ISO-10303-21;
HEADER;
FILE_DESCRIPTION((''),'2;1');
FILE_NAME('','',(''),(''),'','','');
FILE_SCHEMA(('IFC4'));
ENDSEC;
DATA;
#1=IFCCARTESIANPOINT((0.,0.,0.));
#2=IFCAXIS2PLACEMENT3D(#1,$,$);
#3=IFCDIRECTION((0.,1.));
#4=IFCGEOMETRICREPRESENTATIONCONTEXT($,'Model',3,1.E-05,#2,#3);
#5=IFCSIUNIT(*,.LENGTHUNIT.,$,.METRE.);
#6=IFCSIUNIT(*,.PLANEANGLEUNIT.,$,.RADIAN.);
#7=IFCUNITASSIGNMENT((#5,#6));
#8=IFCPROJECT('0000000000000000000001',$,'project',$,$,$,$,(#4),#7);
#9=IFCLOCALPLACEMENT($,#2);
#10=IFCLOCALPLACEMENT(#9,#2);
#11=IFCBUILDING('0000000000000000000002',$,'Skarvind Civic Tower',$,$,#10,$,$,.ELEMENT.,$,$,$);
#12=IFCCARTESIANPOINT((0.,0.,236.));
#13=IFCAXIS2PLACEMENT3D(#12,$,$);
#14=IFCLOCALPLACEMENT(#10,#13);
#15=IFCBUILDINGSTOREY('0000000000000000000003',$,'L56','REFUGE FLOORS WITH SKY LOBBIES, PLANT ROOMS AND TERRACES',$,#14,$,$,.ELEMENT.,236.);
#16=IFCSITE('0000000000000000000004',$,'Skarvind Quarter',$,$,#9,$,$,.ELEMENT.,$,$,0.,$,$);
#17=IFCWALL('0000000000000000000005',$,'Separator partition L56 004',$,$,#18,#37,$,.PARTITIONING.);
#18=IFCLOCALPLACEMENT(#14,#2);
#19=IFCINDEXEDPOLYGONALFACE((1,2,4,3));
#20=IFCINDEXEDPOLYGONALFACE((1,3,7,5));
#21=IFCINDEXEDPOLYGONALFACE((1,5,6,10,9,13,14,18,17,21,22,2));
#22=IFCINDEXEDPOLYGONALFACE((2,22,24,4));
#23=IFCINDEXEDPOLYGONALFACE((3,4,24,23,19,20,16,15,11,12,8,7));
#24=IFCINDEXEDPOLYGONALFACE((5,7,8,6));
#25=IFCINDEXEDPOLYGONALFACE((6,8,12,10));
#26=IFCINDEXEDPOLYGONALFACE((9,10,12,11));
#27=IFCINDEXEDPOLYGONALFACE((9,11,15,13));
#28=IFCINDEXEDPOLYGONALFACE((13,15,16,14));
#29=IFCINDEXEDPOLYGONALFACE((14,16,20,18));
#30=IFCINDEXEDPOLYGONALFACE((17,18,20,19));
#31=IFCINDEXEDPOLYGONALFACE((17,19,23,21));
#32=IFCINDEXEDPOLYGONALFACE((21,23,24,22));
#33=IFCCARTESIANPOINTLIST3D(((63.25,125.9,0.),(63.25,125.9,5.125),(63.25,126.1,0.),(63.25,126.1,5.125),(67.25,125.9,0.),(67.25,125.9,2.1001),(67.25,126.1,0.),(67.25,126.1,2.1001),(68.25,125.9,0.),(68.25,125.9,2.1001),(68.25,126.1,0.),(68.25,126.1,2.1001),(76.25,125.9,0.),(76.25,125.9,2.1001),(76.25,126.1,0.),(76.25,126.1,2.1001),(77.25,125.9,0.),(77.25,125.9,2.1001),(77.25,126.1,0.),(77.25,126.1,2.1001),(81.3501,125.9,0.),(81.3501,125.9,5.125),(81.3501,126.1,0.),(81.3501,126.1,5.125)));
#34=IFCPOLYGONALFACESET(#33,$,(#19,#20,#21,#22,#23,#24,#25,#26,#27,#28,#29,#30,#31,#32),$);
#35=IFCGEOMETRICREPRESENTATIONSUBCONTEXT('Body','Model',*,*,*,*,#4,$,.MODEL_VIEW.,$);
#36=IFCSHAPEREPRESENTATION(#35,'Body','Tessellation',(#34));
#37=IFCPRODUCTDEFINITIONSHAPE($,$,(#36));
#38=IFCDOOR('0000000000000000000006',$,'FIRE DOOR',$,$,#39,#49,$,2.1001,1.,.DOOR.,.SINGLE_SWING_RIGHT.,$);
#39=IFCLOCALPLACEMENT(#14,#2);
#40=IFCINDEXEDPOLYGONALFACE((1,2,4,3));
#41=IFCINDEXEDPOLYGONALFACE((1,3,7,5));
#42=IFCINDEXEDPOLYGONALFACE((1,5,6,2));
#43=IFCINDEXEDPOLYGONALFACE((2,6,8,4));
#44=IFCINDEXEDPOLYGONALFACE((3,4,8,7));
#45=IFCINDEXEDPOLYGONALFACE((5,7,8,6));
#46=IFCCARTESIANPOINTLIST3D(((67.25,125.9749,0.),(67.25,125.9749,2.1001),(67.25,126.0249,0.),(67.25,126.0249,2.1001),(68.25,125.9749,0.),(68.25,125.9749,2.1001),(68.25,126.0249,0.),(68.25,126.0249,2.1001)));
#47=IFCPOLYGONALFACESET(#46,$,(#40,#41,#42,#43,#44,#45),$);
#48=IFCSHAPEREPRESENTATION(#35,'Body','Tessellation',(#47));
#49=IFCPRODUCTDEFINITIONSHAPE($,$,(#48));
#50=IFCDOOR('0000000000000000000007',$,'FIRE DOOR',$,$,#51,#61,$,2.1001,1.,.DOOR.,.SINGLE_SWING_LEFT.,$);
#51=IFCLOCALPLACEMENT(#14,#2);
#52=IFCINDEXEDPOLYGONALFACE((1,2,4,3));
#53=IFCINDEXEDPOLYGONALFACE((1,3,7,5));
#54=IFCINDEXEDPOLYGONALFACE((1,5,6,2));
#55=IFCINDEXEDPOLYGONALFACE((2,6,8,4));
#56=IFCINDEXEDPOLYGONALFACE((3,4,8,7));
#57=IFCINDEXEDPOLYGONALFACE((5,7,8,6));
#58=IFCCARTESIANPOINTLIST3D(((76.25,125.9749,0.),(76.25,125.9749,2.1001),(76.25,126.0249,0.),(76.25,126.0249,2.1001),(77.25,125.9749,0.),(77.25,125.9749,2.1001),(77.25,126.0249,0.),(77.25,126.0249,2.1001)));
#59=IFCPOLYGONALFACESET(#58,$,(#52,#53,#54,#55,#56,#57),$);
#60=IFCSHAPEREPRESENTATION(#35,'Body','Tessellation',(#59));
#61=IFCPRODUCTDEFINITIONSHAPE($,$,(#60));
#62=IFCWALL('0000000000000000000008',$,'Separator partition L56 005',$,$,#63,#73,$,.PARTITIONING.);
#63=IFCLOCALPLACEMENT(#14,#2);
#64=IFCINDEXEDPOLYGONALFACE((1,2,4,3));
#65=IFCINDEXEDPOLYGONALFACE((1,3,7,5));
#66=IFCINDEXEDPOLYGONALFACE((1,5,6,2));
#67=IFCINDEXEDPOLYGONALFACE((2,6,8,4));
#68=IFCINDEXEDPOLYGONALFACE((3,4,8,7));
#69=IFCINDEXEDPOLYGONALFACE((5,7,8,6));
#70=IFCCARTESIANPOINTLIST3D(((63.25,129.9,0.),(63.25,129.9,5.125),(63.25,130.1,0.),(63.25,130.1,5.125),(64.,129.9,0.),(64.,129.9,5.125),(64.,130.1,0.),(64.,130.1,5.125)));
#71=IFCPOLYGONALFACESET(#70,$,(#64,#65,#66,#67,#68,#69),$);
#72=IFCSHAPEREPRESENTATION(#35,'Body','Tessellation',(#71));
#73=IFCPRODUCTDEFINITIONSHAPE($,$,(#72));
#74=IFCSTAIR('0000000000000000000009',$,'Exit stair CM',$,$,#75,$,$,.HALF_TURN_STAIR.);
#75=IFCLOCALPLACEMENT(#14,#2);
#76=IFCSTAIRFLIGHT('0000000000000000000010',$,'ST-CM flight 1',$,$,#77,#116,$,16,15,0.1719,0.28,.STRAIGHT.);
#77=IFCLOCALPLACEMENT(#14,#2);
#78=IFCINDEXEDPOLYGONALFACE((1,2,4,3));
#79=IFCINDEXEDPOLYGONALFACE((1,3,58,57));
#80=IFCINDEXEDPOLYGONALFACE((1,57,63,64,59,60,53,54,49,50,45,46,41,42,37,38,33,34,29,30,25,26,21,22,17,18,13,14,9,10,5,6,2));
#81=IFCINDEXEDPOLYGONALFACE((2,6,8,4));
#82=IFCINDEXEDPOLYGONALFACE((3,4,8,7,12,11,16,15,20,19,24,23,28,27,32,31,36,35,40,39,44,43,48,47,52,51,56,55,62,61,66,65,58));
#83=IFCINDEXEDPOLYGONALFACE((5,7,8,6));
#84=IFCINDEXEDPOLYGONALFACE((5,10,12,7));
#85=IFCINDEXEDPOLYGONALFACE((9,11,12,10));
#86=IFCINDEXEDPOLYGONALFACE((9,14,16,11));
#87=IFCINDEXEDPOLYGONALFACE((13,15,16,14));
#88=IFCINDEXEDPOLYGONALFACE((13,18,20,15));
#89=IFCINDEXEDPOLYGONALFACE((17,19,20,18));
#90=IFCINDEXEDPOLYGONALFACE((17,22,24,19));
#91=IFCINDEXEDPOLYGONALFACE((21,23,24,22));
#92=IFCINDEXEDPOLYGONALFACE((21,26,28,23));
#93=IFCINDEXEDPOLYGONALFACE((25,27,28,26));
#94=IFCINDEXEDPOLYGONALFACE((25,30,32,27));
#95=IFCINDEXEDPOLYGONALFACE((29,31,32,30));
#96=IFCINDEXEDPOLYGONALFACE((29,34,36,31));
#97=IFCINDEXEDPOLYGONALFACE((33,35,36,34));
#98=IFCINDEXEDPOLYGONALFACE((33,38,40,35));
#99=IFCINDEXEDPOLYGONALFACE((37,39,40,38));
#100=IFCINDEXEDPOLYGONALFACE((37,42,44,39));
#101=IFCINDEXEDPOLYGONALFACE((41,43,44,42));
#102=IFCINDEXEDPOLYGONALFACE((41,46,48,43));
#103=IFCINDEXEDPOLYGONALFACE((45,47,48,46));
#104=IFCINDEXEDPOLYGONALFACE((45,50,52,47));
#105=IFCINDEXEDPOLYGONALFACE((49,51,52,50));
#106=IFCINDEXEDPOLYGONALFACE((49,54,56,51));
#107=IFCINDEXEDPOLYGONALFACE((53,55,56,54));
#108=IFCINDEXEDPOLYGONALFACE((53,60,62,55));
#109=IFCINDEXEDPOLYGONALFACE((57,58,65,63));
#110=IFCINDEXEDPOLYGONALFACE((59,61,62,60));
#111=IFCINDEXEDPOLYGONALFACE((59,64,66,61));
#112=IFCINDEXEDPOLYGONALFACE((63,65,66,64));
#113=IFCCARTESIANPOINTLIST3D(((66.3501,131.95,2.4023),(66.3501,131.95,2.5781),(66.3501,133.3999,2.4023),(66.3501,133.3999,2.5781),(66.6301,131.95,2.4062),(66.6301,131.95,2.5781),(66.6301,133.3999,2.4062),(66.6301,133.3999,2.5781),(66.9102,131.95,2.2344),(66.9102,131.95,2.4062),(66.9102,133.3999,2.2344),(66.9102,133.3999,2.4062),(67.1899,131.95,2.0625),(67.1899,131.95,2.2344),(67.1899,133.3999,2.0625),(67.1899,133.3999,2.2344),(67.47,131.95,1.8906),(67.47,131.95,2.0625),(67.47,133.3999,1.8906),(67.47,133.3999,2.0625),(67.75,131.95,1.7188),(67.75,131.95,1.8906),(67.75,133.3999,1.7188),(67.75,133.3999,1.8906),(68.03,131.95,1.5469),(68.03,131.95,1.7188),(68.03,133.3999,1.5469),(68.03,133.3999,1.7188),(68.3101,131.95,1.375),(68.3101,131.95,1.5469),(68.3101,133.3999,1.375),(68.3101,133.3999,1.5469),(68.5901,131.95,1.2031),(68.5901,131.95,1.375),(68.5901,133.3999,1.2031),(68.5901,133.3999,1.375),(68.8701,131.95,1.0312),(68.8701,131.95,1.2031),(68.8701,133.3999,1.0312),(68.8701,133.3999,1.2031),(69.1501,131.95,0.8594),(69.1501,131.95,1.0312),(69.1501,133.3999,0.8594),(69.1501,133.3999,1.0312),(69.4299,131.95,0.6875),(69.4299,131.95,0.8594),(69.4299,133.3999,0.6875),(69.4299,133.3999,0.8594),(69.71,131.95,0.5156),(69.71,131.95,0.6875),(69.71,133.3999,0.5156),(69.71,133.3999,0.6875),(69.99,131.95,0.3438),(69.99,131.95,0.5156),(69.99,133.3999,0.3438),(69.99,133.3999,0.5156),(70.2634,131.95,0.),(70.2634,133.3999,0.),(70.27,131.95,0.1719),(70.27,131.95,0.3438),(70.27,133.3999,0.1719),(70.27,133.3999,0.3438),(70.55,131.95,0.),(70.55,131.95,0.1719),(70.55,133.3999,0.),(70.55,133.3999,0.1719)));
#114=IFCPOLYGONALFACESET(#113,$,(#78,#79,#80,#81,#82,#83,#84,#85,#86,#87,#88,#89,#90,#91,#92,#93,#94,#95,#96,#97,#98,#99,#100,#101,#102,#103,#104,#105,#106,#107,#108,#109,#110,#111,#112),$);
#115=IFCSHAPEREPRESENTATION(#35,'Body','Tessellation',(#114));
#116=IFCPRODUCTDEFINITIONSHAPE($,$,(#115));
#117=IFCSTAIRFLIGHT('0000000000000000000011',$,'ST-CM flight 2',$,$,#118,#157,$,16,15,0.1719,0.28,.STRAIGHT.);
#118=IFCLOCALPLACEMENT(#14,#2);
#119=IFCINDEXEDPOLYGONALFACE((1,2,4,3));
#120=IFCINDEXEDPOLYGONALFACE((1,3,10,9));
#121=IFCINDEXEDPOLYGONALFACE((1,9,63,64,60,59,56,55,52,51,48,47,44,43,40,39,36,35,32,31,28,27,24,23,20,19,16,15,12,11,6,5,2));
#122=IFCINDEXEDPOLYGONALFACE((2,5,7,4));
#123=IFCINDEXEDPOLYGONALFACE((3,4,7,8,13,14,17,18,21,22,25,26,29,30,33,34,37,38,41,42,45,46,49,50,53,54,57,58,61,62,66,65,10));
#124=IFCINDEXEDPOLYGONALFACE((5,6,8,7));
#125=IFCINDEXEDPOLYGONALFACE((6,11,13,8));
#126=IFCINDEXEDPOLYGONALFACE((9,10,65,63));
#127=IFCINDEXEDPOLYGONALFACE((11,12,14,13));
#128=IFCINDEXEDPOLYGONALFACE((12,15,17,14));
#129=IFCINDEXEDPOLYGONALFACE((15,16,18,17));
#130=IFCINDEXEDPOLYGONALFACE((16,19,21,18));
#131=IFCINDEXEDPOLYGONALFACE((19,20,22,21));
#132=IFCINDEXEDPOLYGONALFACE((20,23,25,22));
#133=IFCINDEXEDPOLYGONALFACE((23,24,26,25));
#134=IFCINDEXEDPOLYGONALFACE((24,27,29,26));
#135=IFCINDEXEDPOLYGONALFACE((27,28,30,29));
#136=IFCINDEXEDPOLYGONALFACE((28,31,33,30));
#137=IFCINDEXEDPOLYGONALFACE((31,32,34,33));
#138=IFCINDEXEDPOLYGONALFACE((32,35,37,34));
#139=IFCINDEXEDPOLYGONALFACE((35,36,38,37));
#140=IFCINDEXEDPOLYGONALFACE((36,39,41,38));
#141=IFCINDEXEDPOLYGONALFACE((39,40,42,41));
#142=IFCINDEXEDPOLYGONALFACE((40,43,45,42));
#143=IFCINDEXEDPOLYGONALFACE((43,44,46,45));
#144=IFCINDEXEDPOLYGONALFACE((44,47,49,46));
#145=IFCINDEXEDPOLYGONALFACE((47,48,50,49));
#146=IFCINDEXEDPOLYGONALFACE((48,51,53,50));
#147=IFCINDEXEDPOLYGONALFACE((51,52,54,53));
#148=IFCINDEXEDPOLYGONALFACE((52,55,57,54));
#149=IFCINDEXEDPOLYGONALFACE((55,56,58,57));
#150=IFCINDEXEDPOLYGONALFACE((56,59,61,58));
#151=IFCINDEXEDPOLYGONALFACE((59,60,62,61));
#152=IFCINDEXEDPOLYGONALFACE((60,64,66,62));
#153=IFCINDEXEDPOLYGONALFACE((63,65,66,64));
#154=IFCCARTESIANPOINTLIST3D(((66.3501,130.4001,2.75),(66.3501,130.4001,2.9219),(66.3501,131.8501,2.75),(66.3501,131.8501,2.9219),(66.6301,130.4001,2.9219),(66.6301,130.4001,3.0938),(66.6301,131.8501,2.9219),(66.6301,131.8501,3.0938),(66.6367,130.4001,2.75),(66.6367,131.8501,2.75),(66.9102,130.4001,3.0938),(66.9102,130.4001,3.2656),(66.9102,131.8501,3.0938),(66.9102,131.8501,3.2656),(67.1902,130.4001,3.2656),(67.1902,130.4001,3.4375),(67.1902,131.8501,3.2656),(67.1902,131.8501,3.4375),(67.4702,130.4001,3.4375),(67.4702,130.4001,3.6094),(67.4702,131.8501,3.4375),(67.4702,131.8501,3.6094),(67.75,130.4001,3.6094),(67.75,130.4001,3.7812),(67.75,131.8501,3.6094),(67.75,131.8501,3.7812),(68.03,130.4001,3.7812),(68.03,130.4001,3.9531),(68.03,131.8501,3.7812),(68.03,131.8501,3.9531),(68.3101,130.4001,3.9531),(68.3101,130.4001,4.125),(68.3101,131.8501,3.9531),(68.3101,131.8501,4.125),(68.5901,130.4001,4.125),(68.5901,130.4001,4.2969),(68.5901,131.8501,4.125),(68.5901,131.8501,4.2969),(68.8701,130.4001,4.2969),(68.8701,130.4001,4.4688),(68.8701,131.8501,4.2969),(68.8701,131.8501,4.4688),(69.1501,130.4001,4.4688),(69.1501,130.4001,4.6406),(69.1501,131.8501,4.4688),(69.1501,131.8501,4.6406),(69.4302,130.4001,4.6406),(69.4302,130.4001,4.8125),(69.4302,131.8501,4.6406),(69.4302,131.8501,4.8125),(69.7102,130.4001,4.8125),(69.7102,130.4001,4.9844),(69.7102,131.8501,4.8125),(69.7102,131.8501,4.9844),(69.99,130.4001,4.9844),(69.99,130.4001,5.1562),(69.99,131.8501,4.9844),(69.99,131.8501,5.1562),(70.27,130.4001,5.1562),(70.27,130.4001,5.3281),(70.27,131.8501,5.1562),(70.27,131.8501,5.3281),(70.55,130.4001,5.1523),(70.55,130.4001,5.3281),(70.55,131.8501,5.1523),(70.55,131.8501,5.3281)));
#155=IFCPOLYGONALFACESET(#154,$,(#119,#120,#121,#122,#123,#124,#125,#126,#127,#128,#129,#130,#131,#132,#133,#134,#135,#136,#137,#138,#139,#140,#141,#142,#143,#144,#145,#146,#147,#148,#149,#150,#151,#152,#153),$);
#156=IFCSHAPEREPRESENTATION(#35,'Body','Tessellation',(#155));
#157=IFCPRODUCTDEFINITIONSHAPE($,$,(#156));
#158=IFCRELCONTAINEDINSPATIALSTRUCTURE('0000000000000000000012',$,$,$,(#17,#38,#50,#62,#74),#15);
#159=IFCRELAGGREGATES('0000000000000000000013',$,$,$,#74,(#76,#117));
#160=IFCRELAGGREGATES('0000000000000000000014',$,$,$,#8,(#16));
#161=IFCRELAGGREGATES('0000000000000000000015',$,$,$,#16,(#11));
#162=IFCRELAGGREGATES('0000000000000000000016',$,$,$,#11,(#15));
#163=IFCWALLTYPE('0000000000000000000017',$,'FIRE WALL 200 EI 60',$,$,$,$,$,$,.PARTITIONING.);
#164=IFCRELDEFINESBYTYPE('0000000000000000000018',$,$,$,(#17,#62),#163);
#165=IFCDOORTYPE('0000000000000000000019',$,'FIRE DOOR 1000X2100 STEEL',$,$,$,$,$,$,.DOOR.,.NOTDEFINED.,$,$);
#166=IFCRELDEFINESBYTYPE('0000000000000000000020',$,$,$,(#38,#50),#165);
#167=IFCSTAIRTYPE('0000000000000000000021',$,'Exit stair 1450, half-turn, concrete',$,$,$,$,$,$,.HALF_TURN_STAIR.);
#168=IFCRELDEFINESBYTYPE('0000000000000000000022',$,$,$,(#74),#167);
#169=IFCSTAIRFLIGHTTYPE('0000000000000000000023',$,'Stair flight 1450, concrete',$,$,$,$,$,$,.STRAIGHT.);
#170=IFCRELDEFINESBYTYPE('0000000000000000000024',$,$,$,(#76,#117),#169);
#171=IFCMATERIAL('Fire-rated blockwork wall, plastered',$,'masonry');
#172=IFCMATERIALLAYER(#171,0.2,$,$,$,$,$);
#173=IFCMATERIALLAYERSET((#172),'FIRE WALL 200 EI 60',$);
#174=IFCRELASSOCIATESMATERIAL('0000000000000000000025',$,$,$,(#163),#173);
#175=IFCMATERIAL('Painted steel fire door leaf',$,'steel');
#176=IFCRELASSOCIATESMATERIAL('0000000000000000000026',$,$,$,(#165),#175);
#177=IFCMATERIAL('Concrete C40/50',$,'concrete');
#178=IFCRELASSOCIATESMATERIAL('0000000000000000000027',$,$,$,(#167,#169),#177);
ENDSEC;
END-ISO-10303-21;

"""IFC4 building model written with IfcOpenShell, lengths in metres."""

from ifc_helpers import new_model, si_unit, direction, frame, frame_2d, origin, place, context, subcontext, project, spatial, polyline, rectangle, outline, extrude, material, layer, layer_set, type_object, element, fill, aggregate, save


model = new_model("IFC4")

# Units and contexts
model_context = context("Model", 3, precision=1e-05, world=origin(), true_north=direction((0.0, 1.0)))
body_context = subcontext(model_context, "Body", "Model", "MODEL_VIEW")
ifc_project = project(units=[si_unit("LENGTHUNIT", "METRE"), si_unit("PLANEANGLEUNIT", "RADIAN")], contexts=[model_context])

# Site, building, storey
site_placement = place(None, origin())
site = spatial("IfcSite", under=ifc_project, at=site_placement, Name="Skarvind Quarter", CompositionType="ELEMENT", RefElevation=0.0)
building_placement = place(site_placement, origin())
building = spatial("IfcBuilding", under=site, at=building_placement, Name="Skarvind Civic Tower", CompositionType="ELEMENT")
storey_placement = place(building_placement, frame((0.0, 0.0, 236.0)))
storey = spatial("IfcBuildingStorey", under=building, at=storey_placement, Name="L56", Description="REFUGE FLOORS WITH SKY LOBBIES, PLANT ROOMS AND TERRACES", CompositionType="ELEMENT", Elevation=236.0)

# Shared definitions
ifc_material_1 = material(Name="Fire-rated blockwork wall, plastered", Category="masonry")

# Wall, openings, doors
ifc_layer_1 = layer(ifc_material_1, 0.2)
ifc_layer_set_1 = layer_set([ifc_layer_1], Name="FIRE WALL 200 EI 60")
wall_type_1 = type_object("IfcWallType", Name="FIRE WALL 200 EI 60", PredefinedType="PARTITIONING", material=ifc_layer_set_1)
wall_1_placement = place(storey_placement, frame((63.25, 126.0, 0.0), z_axis=(0.0, 0.0, 1.0), x_axis=(1.0, 0.0, 0.0)))
wall_1 = element("IfcWall", 1, at=wall_1_placement, inside=storey, type_object=wall_type_1, Name="Separator partition L56 004", PredefinedType="PARTITIONING", context=body_context, shape_type="SweptSolid", body=[
    extrude(rectangle(XDim=18.1001, YDim=0.2, at=frame_2d((9.05, 0.0))), origin(), (0.0, 0.0, 1.0), 5.125),
])
opening_1_placement = place(wall_1_placement, frame((4.0, 0.0, 0.0)))
opening_1 = element("IfcOpeningElement", 2, at=opening_1_placement, cuts=wall_1, PredefinedType="OPENING", context=body_context, shape_type="SweptSolid", body=[
    extrude(rectangle(XDim=1.0, YDim=2.1001, at=frame_2d((0.5, 1.05))), frame((0.0, 0.1099, 0.0), z_axis=(0.0, -1.0, 0.0), x_axis=(1.0, 0.0, 0.0)), (0.0, 0.0, 1.0), 0.22),
])
opening_2_placement = place(wall_1_placement, frame((13.0, 0.0, 0.0)))
opening_2 = element("IfcOpeningElement", 3, at=opening_2_placement, cuts=wall_1, PredefinedType="OPENING", context=body_context, shape_type="SweptSolid", body=[
    extrude(rectangle(XDim=1.0, YDim=2.1001, at=frame_2d((0.5, 1.05))), frame((0.0, 0.1099, 0.0), z_axis=(0.0, -1.0, 0.0), x_axis=(1.0, 0.0, 0.0)), (0.0, 0.0, 1.0), 0.22),
])
ifc_material_2 = material(Name="Painted steel fire door leaf", Category="steel")
door_type_1 = type_object("IfcDoorType", Name="FIRE DOOR 1000X2100 STEEL", OperationType="NOTDEFINED", PredefinedType="DOOR", material=ifc_material_2)
door_1_placement = place(opening_1_placement, origin())
door_1 = element("IfcDoor", 4, at=door_1_placement, inside=storey, type_object=door_type_1, Name="FIRE DOOR", OperationType="SINGLE_SWING_RIGHT", OverallHeight=2.1001, OverallWidth=1.0, PredefinedType="DOOR", context=body_context, shape_type="SweptSolid", body=[
    extrude(rectangle(XDim=1.0, YDim=2.1001, at=frame_2d((0.5, 1.05))), frame((0.0, 0.0249, 0.0), z_axis=(0.0, -1.0, 0.0), x_axis=(1.0, 0.0, 0.0)), (0.0, 0.0, 1.0), 0.05),
])
fill(opening_1, door_1)
door_2_placement = place(opening_2_placement, origin())
door_2 = element("IfcDoor", 5, at=door_2_placement, inside=storey, type_object=door_type_1, Name="FIRE DOOR", OperationType="SINGLE_SWING_LEFT", OverallHeight=2.1001, OverallWidth=1.0, PredefinedType="DOOR", context=body_context, shape_type="SweptSolid", body=[
    extrude(rectangle(XDim=1.0, YDim=2.1001, at=frame_2d((0.5, 1.05))), frame((0.0, 0.0249, 0.0), z_axis=(0.0, -1.0, 0.0), x_axis=(1.0, 0.0, 0.0)), (0.0, 0.0, 1.0), 0.05),
])
fill(opening_2, door_2)

# Wall
wall_2_placement = place(storey_placement, frame((63.25, 130.0, 0.0), z_axis=(0.0, 0.0, 1.0), x_axis=(1.0, 0.0, 0.0)))
element("IfcWall", 6, at=wall_2_placement, inside=storey, type_object=wall_type_1, Name="Separator partition L56 005", PredefinedType="PARTITIONING", context=body_context, shape_type="SweptSolid", body=[
    extrude(rectangle(XDim=0.75, YDim=0.2, at=frame_2d((0.375, 0.0))), origin(), (0.0, 0.0, 1.0), 5.125),
])

# Stair, stair flights
ifc_material_3 = material(Name="Concrete C40/50", Category="concrete")
stair_type = type_object("IfcStairType", Name="Exit stair 1450, half-turn, concrete", PredefinedType="HALF_TURN_STAIR", material=ifc_material_3)
stair_placement = place(storey_placement, origin())
stair = element("IfcStair", 7, at=stair_placement, inside=storey, type_object=stair_type, Name="Exit stair CM", PredefinedType="HALF_TURN_STAIR")
stair_flight_type = type_object("IfcStairFlightType", Name="Stair flight 1450, concrete", PredefinedType="STRAIGHT", material=ifc_material_3)
stair_flight_1_placement = place(storey_placement, frame((70.55, 132.675, 0.0), z_axis=(0.0, 0.0, 1.0), x_axis=(-1.0, 0.0, 0.0)))
stair_flight_1 = element("IfcStairFlight", 8, at=stair_flight_1_placement, type_object=stair_flight_type, Name="ST-CM flight 1", NumberOfRisers=16, NumberOfTreads=15, PredefinedType="STRAIGHT", RiserHeight=0.1719, TreadLength=0.28, context=body_context, shape_type="SweptSolid", body=[
    extrude(outline(polyline([(0.0, 0.0), (0.0, 0.1719), (0.28, 0.1719), (0.28, 0.3438), (0.5601, 0.3438), (0.5601, 0.5156), (0.8401, 0.5156), (0.8401, 0.6875), (1.1201, 0.6875), (1.1201, 0.8594), (1.3999, 0.8594), (1.3999, 1.0312), (1.6799, 1.0312), (1.6799, 1.2031), (1.96, 1.2031), (1.96, 1.375), (2.24, 1.375), (2.24, 1.5469), (2.52, 1.5469), (2.52, 1.7188), (2.8, 1.7188), (2.8, 1.8906), (3.0801, 1.8906), (3.0801, 2.0625), (3.3601, 2.0625), (3.3601, 2.2344), (3.6399, 2.2344), (3.6399, 2.4062), (3.9199, 2.4062), (3.9199, 2.5781), (4.2, 2.5781), (4.2, 2.75), (4.2, 2.4023), (0.2866, 0.0), (0.0, 0.0)])), frame((0.0, 0.7251, 0.0), z_axis=(0.0, -1.0, 0.0), x_axis=(1.0, 0.0, 0.0)), (0.0, 0.0, 1.0), 1.45),
])
stair_flight_2_placement = place(storey_placement, frame((66.3501, 131.125, 2.75), z_axis=(0.0, 0.0, 1.0), x_axis=(1.0, 0.0, 0.0)))
stair_flight_2 = element("IfcStairFlight", 9, at=stair_flight_2_placement, type_object=stair_flight_type, Name="ST-CM flight 2", NumberOfRisers=16, NumberOfTreads=15, PredefinedType="STRAIGHT", RiserHeight=0.1719, TreadLength=0.28, context=body_context, shape_type="SweptSolid", body=[
    extrude(outline(polyline([(0.0, 0.0), (0.0, 0.1719), (0.28, 0.1719), (0.28, 0.3438), (0.5601, 0.3438), (0.5601, 0.5156), (0.8401, 0.5156), (0.8401, 0.6875), (1.1201, 0.6875), (1.1201, 0.8594), (1.3999, 0.8594), (1.3999, 1.0312), (1.6799, 1.0312), (1.6799, 1.2031), (1.96, 1.2031), (1.96, 1.375), (2.24, 1.375), (2.24, 1.5469), (2.52, 1.5469), (2.52, 1.7188), (2.8, 1.7188), (2.8, 1.8906), (3.0801, 1.8906), (3.0801, 2.0625), (3.3601, 2.0625), (3.3601, 2.2344), (3.6399, 2.2344), (3.6399, 2.4062), (3.9199, 2.4062), (3.9199, 2.5781), (4.2, 2.5781), (4.2, 2.75), (4.2, 2.4023), (0.2866, 0.0), (0.0, 0.0)])), frame((0.0, 0.7251, 0.0), z_axis=(0.0, -1.0, 0.0), x_axis=(1.0, 0.0, 0.0)), (0.0, 0.0, 1.0), 1.45),
])
aggregate(stair, [stair_flight_1, stair_flight_2])

save(model, "model.ifc")
